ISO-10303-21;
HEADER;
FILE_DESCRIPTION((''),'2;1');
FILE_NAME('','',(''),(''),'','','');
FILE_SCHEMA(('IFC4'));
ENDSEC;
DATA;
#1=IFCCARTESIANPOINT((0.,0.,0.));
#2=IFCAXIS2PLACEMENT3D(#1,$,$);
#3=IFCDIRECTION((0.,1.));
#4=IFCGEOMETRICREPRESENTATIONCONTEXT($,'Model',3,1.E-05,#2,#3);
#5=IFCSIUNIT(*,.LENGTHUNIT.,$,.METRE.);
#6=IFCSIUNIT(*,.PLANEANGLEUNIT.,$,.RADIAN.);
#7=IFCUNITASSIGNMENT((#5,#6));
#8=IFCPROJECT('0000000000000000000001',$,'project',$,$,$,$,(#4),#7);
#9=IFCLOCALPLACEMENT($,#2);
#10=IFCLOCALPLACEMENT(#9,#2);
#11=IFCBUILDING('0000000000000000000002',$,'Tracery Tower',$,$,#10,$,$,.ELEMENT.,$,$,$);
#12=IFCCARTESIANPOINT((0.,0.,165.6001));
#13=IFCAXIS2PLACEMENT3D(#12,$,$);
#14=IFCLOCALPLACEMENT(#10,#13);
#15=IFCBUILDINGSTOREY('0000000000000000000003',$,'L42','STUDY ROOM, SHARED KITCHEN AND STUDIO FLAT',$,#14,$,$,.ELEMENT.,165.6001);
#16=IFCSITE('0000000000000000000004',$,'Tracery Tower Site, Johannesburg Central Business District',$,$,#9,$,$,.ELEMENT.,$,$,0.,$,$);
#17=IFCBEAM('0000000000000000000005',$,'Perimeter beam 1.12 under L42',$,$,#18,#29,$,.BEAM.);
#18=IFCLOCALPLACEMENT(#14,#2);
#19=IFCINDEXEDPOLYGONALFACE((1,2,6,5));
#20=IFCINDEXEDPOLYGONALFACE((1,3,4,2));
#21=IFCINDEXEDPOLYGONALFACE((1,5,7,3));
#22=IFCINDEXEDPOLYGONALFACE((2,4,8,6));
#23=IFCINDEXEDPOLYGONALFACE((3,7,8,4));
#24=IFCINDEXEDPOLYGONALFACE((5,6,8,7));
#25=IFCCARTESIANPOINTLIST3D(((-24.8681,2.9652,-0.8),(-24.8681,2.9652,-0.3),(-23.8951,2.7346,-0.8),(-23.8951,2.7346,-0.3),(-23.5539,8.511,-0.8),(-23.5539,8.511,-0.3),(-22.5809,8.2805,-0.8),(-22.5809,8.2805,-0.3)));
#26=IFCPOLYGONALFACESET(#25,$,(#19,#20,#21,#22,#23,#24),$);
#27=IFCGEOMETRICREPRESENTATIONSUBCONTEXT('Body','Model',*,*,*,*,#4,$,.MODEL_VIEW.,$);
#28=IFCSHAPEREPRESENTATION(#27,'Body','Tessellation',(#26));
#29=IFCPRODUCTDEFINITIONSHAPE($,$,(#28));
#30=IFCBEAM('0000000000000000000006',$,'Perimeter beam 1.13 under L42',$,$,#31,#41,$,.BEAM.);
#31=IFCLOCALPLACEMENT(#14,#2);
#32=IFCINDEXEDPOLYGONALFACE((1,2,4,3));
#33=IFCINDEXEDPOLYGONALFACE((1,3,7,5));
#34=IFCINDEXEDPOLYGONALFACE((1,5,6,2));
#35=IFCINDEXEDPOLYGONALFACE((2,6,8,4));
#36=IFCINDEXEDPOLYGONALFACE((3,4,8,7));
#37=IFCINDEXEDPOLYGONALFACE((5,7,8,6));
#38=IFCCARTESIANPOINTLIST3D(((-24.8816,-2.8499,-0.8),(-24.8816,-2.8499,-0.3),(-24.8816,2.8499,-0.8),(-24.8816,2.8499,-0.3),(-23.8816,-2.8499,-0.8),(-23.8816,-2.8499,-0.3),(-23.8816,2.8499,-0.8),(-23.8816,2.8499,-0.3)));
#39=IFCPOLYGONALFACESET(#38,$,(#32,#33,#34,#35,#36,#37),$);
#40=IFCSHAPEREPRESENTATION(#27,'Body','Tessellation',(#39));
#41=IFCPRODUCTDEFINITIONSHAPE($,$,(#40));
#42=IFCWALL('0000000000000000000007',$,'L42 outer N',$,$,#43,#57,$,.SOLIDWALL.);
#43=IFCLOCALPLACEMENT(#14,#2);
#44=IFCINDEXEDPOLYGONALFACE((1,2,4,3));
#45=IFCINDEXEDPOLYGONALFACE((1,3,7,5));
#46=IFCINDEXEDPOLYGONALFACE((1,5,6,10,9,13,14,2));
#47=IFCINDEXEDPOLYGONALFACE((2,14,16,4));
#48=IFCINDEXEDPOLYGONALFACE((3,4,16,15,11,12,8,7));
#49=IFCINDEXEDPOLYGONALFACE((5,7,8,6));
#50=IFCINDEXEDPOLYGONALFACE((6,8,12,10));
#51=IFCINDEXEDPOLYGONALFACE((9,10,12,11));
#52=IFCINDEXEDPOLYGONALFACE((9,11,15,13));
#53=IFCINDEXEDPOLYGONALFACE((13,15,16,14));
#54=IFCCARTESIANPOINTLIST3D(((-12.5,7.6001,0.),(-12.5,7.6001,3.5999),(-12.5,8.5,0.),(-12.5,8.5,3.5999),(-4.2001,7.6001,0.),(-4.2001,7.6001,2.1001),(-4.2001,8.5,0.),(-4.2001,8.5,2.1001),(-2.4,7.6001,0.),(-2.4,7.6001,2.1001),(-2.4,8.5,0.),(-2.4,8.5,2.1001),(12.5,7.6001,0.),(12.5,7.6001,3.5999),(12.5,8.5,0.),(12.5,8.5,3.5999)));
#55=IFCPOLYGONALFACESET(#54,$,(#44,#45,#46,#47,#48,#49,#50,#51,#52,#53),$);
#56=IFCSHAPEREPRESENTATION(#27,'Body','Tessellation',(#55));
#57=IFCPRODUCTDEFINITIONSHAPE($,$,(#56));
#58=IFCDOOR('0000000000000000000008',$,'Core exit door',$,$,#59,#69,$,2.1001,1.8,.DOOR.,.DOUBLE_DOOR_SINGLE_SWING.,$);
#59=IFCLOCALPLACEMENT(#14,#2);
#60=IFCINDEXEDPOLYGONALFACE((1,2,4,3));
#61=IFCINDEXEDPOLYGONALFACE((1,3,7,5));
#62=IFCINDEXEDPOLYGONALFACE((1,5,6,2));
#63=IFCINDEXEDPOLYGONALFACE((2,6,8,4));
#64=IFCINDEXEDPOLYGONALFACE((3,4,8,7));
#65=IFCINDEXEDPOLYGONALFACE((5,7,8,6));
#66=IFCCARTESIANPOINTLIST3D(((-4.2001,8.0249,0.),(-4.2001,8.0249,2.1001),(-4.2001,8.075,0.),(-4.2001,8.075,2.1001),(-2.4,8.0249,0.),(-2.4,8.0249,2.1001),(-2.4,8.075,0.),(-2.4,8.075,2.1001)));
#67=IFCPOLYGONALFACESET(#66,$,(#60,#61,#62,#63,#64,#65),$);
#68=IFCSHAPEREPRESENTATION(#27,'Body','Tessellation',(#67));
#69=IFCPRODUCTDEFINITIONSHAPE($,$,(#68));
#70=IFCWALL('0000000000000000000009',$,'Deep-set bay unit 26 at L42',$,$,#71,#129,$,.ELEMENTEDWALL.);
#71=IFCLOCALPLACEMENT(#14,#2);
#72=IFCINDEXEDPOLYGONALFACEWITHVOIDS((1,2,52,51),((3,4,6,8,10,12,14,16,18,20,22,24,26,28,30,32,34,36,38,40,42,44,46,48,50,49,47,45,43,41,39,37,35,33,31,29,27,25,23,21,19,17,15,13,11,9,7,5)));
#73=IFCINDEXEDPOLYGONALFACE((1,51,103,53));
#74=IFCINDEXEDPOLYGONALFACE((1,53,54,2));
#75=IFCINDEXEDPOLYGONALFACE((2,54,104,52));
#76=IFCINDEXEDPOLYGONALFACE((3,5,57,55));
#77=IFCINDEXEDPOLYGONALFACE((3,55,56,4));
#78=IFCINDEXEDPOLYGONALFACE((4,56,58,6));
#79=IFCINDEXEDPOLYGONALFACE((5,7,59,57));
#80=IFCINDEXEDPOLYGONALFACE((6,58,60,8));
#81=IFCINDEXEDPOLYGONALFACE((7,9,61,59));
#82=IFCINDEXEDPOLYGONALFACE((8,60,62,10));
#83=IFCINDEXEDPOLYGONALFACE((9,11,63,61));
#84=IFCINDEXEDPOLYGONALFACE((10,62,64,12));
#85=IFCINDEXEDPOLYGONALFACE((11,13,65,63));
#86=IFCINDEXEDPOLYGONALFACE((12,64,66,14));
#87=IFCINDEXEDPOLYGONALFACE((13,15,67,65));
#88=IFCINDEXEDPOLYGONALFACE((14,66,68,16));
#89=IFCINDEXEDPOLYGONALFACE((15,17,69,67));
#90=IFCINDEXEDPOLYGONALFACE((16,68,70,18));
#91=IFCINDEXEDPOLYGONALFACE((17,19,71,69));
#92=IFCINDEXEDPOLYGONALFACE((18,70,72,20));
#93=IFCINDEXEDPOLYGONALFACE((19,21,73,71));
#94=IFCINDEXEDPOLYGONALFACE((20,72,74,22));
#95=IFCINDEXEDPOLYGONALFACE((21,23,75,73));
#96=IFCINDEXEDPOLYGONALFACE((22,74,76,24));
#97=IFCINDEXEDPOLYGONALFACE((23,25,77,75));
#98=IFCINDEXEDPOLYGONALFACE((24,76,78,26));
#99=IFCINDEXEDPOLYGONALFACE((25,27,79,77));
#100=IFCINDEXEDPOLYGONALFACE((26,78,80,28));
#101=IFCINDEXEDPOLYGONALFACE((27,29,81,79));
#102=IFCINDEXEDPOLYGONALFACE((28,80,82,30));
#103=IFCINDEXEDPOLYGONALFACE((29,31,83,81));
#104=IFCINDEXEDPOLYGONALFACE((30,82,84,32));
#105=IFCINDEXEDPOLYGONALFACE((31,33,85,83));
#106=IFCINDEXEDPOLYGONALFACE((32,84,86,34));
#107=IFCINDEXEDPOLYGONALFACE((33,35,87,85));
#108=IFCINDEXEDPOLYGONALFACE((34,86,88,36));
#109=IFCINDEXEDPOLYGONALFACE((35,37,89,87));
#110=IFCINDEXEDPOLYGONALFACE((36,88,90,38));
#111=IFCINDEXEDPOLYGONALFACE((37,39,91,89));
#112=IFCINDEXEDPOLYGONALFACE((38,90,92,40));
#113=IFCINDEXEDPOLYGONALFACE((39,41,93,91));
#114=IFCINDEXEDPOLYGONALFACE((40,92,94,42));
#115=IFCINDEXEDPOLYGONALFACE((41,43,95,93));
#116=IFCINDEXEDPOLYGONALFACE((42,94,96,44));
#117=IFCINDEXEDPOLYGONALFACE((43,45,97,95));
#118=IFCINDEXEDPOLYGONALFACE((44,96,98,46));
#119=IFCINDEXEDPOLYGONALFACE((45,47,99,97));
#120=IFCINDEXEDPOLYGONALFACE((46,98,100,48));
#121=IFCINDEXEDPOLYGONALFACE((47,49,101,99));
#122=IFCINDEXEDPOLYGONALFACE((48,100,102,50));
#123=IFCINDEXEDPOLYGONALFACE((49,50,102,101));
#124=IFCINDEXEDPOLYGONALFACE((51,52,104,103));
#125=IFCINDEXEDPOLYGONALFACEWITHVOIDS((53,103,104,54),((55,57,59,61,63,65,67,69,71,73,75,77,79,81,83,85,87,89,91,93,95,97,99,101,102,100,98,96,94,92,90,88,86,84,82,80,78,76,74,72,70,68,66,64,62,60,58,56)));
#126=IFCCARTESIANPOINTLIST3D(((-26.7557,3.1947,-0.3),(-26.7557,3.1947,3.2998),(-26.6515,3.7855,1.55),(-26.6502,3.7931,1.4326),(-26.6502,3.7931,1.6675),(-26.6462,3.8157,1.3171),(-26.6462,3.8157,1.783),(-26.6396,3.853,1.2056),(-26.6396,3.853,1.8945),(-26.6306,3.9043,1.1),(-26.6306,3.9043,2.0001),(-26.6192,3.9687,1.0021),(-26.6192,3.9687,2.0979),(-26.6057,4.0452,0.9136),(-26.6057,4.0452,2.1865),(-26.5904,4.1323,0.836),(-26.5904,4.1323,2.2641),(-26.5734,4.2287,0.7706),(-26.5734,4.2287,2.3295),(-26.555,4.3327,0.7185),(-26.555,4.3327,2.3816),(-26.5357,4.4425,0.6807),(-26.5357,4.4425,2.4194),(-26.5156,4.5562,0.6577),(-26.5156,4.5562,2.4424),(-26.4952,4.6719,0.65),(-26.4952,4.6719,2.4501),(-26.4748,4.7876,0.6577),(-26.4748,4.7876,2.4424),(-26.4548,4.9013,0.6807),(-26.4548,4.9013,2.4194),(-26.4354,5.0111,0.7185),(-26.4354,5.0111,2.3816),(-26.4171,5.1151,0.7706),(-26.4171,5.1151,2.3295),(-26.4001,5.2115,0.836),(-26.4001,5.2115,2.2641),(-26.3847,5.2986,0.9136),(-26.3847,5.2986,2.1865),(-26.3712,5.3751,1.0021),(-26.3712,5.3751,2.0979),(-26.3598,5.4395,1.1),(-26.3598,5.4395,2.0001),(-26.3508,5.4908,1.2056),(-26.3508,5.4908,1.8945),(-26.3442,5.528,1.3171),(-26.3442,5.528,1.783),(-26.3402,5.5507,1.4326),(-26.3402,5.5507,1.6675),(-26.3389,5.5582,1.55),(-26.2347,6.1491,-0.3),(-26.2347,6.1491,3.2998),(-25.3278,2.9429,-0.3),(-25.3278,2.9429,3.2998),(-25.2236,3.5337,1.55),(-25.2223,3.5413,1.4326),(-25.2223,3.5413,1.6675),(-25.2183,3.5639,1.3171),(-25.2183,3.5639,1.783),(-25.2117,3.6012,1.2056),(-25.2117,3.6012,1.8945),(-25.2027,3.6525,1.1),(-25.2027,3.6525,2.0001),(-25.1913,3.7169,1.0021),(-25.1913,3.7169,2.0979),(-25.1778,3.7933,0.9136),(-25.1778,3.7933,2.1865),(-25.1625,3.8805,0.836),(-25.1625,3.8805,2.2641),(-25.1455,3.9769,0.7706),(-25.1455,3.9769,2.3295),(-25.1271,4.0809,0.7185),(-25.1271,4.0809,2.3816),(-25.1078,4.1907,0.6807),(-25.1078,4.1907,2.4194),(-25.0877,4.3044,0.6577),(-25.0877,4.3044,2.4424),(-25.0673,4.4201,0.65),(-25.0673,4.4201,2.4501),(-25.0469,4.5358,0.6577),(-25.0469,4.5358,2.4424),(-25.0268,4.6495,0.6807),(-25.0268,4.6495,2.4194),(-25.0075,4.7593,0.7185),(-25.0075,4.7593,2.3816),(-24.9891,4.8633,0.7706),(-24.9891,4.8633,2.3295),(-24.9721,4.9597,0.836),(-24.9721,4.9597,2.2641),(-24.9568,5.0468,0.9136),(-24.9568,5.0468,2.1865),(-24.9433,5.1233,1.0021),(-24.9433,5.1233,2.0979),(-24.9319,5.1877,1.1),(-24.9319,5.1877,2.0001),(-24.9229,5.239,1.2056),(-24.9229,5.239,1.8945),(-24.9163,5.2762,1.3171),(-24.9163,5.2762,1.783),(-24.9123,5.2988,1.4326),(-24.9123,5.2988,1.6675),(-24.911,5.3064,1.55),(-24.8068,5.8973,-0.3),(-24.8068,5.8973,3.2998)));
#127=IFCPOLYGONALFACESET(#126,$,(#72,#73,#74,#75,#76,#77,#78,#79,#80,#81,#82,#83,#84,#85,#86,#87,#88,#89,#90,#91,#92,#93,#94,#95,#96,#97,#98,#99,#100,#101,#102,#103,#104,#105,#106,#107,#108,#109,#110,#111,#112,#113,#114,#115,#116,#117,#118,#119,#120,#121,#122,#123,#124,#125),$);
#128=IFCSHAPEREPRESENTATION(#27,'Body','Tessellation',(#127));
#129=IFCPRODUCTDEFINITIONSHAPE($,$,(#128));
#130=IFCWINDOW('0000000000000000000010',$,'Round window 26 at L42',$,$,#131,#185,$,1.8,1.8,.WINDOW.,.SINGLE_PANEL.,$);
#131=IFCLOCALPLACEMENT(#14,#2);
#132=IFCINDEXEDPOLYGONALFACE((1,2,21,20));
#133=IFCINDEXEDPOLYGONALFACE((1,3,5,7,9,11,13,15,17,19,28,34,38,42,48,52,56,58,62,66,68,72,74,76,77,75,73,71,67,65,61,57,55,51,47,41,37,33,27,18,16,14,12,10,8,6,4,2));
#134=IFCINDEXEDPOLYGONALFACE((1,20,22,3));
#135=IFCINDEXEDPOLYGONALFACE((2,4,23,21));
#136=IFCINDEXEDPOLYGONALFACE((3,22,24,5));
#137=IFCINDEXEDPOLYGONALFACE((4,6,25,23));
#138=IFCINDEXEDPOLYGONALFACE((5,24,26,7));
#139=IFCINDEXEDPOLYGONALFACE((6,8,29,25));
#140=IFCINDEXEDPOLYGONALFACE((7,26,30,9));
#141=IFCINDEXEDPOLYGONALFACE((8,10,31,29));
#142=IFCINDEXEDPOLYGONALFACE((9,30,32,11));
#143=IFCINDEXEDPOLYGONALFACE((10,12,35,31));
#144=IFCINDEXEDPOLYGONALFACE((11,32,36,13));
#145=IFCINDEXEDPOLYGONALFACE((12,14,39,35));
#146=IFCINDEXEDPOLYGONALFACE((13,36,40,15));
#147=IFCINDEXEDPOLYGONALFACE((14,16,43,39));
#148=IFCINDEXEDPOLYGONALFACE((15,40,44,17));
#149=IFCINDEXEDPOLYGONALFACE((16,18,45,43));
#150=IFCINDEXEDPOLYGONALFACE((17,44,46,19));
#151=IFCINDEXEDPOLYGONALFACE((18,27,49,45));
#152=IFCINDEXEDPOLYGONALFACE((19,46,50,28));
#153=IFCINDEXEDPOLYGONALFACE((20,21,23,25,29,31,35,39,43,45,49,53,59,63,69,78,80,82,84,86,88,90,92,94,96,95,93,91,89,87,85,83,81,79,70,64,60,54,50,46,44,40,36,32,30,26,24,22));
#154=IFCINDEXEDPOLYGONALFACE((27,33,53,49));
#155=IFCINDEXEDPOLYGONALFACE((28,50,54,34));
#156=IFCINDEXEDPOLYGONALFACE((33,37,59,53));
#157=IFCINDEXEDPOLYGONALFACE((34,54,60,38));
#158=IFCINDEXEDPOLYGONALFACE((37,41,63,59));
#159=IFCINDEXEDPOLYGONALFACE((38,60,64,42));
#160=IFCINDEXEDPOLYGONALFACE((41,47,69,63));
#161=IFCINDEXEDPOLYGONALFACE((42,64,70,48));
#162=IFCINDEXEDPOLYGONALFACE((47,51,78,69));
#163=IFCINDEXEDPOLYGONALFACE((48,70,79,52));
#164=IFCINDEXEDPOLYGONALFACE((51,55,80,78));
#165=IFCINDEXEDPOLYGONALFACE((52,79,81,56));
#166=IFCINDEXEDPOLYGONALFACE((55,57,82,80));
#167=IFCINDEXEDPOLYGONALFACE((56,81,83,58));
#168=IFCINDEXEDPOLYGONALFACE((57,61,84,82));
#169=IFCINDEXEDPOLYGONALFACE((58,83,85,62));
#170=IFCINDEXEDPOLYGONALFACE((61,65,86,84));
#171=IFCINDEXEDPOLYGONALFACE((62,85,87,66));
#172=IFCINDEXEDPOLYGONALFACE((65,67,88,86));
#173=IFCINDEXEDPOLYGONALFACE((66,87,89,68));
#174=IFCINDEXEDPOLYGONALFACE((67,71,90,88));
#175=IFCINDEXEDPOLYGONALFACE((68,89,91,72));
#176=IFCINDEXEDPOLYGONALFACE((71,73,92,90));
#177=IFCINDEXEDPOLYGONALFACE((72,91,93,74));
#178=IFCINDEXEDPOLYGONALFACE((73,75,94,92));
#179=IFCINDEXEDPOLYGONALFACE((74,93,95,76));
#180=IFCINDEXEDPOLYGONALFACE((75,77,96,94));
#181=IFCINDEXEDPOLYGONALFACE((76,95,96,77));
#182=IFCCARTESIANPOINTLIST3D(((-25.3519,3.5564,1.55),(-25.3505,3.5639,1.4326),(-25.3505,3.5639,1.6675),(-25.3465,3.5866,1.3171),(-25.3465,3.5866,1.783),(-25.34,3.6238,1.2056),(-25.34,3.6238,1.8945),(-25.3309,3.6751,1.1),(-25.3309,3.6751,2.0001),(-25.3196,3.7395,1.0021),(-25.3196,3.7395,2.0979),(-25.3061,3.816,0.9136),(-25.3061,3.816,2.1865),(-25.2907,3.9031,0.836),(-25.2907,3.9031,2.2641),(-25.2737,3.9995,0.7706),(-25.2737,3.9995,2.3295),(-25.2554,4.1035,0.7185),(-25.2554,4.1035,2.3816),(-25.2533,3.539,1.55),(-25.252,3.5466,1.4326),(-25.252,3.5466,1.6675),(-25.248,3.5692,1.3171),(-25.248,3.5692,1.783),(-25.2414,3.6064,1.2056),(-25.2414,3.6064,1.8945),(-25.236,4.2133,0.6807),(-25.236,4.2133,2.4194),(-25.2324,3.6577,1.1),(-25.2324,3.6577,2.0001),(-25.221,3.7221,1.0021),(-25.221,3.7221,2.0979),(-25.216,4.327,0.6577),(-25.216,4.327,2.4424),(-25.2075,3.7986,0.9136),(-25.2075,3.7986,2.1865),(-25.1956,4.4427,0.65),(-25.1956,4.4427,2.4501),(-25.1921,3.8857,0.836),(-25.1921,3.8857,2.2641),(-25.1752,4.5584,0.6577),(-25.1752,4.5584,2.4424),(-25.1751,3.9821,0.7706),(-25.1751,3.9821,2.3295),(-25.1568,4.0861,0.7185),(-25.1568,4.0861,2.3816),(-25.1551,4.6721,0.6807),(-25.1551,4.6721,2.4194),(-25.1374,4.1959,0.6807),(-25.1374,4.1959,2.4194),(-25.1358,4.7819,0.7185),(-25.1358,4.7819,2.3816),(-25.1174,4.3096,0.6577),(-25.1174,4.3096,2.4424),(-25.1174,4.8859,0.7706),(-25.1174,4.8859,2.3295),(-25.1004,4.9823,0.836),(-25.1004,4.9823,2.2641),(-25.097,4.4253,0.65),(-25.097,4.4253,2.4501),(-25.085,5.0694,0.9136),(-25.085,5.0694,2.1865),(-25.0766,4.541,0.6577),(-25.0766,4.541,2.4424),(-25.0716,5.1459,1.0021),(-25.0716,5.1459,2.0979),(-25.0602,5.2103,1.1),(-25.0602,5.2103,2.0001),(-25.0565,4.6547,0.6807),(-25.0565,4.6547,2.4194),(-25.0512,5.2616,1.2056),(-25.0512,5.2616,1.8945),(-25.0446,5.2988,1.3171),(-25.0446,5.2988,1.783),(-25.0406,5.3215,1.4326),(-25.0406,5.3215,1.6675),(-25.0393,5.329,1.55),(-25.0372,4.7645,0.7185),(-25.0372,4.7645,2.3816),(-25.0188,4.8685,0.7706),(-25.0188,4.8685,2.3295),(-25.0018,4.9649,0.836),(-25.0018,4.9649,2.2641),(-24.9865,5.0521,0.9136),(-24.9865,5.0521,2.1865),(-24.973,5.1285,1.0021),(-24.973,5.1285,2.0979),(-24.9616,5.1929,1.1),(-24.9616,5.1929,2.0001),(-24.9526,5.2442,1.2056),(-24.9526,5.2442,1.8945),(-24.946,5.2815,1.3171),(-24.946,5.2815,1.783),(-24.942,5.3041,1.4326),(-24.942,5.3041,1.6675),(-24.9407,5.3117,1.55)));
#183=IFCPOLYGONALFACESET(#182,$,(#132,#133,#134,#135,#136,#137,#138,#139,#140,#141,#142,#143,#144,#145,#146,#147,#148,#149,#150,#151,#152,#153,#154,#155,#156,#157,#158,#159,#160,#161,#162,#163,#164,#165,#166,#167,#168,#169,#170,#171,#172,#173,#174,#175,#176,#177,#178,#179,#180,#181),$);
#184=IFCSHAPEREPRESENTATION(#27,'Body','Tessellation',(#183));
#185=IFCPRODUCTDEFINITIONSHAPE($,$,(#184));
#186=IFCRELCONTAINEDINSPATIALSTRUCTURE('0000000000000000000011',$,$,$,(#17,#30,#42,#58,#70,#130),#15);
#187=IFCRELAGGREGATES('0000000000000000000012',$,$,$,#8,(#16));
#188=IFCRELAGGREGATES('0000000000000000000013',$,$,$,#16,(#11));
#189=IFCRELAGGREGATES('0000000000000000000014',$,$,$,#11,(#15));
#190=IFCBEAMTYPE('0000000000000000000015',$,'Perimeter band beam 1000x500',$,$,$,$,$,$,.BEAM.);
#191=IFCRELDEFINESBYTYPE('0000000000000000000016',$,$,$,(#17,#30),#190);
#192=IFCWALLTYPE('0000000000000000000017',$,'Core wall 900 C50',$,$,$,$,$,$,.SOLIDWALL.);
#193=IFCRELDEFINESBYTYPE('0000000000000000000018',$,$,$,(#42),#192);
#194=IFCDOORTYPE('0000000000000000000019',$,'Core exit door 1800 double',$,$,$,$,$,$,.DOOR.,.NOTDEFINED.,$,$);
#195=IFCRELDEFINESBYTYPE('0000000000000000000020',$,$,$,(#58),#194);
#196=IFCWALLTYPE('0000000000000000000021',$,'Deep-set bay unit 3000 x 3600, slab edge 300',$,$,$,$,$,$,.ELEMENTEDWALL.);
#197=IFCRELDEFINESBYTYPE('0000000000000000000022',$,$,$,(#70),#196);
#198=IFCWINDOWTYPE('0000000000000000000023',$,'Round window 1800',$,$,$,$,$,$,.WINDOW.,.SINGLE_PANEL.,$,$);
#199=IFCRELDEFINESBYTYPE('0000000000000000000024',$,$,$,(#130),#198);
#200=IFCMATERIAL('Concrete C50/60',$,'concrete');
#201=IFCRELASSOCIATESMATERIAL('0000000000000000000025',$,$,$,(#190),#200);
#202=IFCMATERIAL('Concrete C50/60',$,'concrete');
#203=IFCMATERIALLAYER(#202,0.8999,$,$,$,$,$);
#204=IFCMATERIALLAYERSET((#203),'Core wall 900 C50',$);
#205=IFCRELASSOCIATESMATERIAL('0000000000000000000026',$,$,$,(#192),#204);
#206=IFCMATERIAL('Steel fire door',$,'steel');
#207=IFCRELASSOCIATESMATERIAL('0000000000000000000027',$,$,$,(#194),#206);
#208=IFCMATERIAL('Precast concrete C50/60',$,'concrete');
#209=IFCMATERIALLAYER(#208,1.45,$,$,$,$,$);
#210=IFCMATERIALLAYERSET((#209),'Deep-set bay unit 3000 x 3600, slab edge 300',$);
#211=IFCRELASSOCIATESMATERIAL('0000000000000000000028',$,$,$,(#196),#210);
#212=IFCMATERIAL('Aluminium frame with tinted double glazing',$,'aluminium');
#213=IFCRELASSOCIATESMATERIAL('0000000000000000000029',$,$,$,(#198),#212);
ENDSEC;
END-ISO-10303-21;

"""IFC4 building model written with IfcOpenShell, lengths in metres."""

from ifc_helpers import new_model, si_unit, direction, frame, frame_2d, origin, origin_2d, place, context, subcontext, project, spatial, rectangle, circle, extrude, material, layer, layer_set, material_profile, profile_set, type_object, element, fill, save


model = new_model("IFC4")

# Units and contexts
model_context = context("Model", 3, precision=1e-05, world=origin(), true_north=direction((0.0, 1.0)))
body_context = subcontext(model_context, "Body", "Model", "MODEL_VIEW")
ifc_project = project(units=[si_unit("LENGTHUNIT", "METRE"), si_unit("PLANEANGLEUNIT", "RADIAN")], contexts=[model_context])

# Site, building, storey
site_placement = place(None, origin())
site = spatial("IfcSite", under=ifc_project, at=site_placement, Name="Tracery Tower Site, Johannesburg Central Business District", CompositionType="ELEMENT", RefElevation=0.0)
building_placement = place(site_placement, origin())
building = spatial("IfcBuilding", under=site, at=building_placement, Name="Tracery Tower", CompositionType="ELEMENT")
storey_placement = place(building_placement, frame((0.0, 0.0, 165.6001)))
storey = spatial("IfcBuildingStorey", under=building, at=storey_placement, Name="L42", Description="STUDY ROOM, SHARED KITCHEN AND STUDIO FLAT", CompositionType="ELEMENT", Elevation=165.6001)

# Beams
ifc_material_1 = material(Name="Concrete C50/60", Category="concrete")
ifc_material_profile_1 = material_profile(ifc_material_1, rectangle(XDim=1.0, YDim=0.5, at=origin_2d()), Name="RC 1000x500")
ifc_profile_set_1 = profile_set([ifc_material_profile_1], Name="Concrete C50/60")
beam_type = type_object("IfcBeamType", Name="Perimeter band beam 1000x500", PredefinedType="BEAM", material=ifc_profile_set_1)
beam_1_placement = place(storey_placement, frame((-23.0674, 8.3958, -0.55), z_axis=(-0.230584, -0.973052, 0.0), x_axis=(0.973052, -0.230584, 0.0)))
element("IfcBeam", 1, at=beam_1_placement, inside=storey, type_object=beam_type, Name="Perimeter beam 1.12 under L42", PredefinedType="BEAM", context=body_context, shape_type="SweptSolid", body=[
    extrude(rectangle(XDim=1.0, YDim=0.5, at=origin_2d()), origin(), (0.0, 0.0, 1.0), 5.6995),
])
beam_2_placement = place(storey_placement, frame((-24.3816, 2.8499, -0.55), z_axis=(0.0, -1.0, 0.0), x_axis=(1.0, 0.0, 0.0)))
element("IfcBeam", 2, at=beam_2_placement, inside=storey, type_object=beam_type, Name="Perimeter beam 1.13 under L42", PredefinedType="BEAM", context=body_context, shape_type="SweptSolid", body=[
    extrude(rectangle(XDim=1.0, YDim=0.5, at=origin_2d()), origin(), (0.0, 0.0, 1.0), 5.6997),
])

# Wall, opening, door
ifc_material_2 = material(Name="Concrete C50/60", Category="concrete")
ifc_layer_1 = layer(ifc_material_2, 0.8999)
ifc_layer_set_1 = layer_set([ifc_layer_1], Name="Core wall 900 C50")
wall_type_1 = type_object("IfcWallType", Name="Core wall 900 C50", PredefinedType="SOLIDWALL", material=ifc_layer_set_1)
wall_1_placement = place(storey_placement, frame((-12.5, 8.05, 0.0), z_axis=(0.0, 0.0, 1.0), x_axis=(1.0, 0.0, 0.0)))
wall_1 = element("IfcWall", 3, at=wall_1_placement, inside=storey, type_object=wall_type_1, Name="L42 outer N", PredefinedType="SOLIDWALL", context=body_context, shape_type="SweptSolid", body=[
    extrude(rectangle(XDim=25.0, YDim=0.8999, at=frame_2d((12.5, 0.0))), origin(), (0.0, 0.0, 1.0), 3.5999),
])
opening_1_placement = place(wall_1_placement, frame((8.3, 0.0, 0.0)))
opening_1 = element("IfcOpeningElement", 4, at=opening_1_placement, cuts=wall_1, PredefinedType="OPENING", context=body_context, shape_type="SweptSolid", body=[
    extrude(rectangle(XDim=1.8, YDim=2.1001, at=frame_2d((0.8999, 1.05))), frame((0.0, 0.45, 0.0), z_axis=(0.0, -1.0, 0.0), x_axis=(1.0, 0.0, 0.0)), (0.0, 0.0, 1.0), 0.8999),
])
ifc_material_3 = material(Name="Steel fire door", Category="steel")
door_type_1 = type_object("IfcDoorType", Name="Core exit door 1800 double", OperationType="NOTDEFINED", PredefinedType="DOOR", material=ifc_material_3)
door_1_placement = place(opening_1_placement, origin())
door_1 = element("IfcDoor", 5, at=door_1_placement, inside=storey, type_object=door_type_1, Name="Core exit door", OperationType="DOUBLE_DOOR_SINGLE_SWING", OverallHeight=2.1001, OverallWidth=1.8, PredefinedType="DOOR", context=body_context, shape_type="SweptSolid", body=[
    extrude(rectangle(XDim=1.8, YDim=2.1001, at=frame_2d((0.8999, 1.05))), frame((0.0, 0.0249, 0.0), z_axis=(0.0, -1.0, 0.0), x_axis=(1.0, 0.0, 0.0)), (0.0, 0.0, 1.0), 0.05),
])
fill(opening_1, door_1)

# Wall, opening, window
ifc_material_4 = material(Name="Precast concrete C50/60", Category="concrete")
ifc_layer_2 = layer(ifc_material_4, 1.45)
ifc_layer_set_2 = layer_set([ifc_layer_2], Name="Deep-set bay unit 3000 x 3600, slab edge 300")
wall_type_2 = type_object("IfcWallType", Name="Deep-set bay unit 3000 x 3600, slab edge 300", PredefinedType="ELEMENTEDWALL", material=ifc_layer_set_2)
wall_2_placement = place(storey_placement, frame((-25.5208, 6.0232, -0.3), z_axis=(0.0, 0.0, 1.0), x_axis=(-0.173669, -0.984804, 0.0)))
wall_2 = element("IfcWall", 6, at=wall_2_placement, inside=storey, type_object=wall_type_2, Name="Deep-set bay unit 26 at L42", PredefinedType="ELEMENTEDWALL", context=body_context, shape_type="SweptSolid", body=[
    extrude(rectangle(XDim=3.0, YDim=1.45, at=frame_2d((1.5, 0.0))), origin(), (0.0, 0.0, 1.0), 3.5999),
])
opening_2_placement = place(wall_2_placement, frame((1.5, 0.0, 1.8501)))
opening_2 = element("IfcOpeningElement", 7, at=opening_2_placement, cuts=wall_2, PredefinedType="OPENING", context=body_context, shape_type="SweptSolid", body=[
    extrude(circle(Radius=0.9, at=origin_2d()), frame((0.0, 0.7349, 0.0), z_axis=(0.0, -1.0, 0.0), x_axis=(1.0, 0.0, 0.0)), (0.0, 0.0, 1.0), 1.47),
])
ifc_material_5 = material(Name="Aluminium frame with tinted double glazing", Category="aluminium")
window_type = type_object("IfcWindowType", Name="Round window 1800", PartitioningType="SINGLE_PANEL", PredefinedType="WINDOW", material=ifc_material_5)
window_1_placement = place(opening_2_placement, origin())
window_1 = element("IfcWindow", 8, at=window_1_placement, inside=storey, type_object=window_type, Name="Round window 26 at L42", OverallHeight=1.8, OverallWidth=1.8, PartitioningType="SINGLE_PANEL", PredefinedType="WINDOW", context=body_context, shape_type="SweptSolid", body=[
    extrude(circle(Radius=0.9, at=origin_2d()), frame((0.0, 0.6948, 0.0), z_axis=(0.0, -1.0, 0.0), x_axis=(1.0, 0.0, 0.0)), (0.0, 0.0, 1.0), 0.1001),
])
fill(opening_2, window_1)

save(model, "model.ifc")
